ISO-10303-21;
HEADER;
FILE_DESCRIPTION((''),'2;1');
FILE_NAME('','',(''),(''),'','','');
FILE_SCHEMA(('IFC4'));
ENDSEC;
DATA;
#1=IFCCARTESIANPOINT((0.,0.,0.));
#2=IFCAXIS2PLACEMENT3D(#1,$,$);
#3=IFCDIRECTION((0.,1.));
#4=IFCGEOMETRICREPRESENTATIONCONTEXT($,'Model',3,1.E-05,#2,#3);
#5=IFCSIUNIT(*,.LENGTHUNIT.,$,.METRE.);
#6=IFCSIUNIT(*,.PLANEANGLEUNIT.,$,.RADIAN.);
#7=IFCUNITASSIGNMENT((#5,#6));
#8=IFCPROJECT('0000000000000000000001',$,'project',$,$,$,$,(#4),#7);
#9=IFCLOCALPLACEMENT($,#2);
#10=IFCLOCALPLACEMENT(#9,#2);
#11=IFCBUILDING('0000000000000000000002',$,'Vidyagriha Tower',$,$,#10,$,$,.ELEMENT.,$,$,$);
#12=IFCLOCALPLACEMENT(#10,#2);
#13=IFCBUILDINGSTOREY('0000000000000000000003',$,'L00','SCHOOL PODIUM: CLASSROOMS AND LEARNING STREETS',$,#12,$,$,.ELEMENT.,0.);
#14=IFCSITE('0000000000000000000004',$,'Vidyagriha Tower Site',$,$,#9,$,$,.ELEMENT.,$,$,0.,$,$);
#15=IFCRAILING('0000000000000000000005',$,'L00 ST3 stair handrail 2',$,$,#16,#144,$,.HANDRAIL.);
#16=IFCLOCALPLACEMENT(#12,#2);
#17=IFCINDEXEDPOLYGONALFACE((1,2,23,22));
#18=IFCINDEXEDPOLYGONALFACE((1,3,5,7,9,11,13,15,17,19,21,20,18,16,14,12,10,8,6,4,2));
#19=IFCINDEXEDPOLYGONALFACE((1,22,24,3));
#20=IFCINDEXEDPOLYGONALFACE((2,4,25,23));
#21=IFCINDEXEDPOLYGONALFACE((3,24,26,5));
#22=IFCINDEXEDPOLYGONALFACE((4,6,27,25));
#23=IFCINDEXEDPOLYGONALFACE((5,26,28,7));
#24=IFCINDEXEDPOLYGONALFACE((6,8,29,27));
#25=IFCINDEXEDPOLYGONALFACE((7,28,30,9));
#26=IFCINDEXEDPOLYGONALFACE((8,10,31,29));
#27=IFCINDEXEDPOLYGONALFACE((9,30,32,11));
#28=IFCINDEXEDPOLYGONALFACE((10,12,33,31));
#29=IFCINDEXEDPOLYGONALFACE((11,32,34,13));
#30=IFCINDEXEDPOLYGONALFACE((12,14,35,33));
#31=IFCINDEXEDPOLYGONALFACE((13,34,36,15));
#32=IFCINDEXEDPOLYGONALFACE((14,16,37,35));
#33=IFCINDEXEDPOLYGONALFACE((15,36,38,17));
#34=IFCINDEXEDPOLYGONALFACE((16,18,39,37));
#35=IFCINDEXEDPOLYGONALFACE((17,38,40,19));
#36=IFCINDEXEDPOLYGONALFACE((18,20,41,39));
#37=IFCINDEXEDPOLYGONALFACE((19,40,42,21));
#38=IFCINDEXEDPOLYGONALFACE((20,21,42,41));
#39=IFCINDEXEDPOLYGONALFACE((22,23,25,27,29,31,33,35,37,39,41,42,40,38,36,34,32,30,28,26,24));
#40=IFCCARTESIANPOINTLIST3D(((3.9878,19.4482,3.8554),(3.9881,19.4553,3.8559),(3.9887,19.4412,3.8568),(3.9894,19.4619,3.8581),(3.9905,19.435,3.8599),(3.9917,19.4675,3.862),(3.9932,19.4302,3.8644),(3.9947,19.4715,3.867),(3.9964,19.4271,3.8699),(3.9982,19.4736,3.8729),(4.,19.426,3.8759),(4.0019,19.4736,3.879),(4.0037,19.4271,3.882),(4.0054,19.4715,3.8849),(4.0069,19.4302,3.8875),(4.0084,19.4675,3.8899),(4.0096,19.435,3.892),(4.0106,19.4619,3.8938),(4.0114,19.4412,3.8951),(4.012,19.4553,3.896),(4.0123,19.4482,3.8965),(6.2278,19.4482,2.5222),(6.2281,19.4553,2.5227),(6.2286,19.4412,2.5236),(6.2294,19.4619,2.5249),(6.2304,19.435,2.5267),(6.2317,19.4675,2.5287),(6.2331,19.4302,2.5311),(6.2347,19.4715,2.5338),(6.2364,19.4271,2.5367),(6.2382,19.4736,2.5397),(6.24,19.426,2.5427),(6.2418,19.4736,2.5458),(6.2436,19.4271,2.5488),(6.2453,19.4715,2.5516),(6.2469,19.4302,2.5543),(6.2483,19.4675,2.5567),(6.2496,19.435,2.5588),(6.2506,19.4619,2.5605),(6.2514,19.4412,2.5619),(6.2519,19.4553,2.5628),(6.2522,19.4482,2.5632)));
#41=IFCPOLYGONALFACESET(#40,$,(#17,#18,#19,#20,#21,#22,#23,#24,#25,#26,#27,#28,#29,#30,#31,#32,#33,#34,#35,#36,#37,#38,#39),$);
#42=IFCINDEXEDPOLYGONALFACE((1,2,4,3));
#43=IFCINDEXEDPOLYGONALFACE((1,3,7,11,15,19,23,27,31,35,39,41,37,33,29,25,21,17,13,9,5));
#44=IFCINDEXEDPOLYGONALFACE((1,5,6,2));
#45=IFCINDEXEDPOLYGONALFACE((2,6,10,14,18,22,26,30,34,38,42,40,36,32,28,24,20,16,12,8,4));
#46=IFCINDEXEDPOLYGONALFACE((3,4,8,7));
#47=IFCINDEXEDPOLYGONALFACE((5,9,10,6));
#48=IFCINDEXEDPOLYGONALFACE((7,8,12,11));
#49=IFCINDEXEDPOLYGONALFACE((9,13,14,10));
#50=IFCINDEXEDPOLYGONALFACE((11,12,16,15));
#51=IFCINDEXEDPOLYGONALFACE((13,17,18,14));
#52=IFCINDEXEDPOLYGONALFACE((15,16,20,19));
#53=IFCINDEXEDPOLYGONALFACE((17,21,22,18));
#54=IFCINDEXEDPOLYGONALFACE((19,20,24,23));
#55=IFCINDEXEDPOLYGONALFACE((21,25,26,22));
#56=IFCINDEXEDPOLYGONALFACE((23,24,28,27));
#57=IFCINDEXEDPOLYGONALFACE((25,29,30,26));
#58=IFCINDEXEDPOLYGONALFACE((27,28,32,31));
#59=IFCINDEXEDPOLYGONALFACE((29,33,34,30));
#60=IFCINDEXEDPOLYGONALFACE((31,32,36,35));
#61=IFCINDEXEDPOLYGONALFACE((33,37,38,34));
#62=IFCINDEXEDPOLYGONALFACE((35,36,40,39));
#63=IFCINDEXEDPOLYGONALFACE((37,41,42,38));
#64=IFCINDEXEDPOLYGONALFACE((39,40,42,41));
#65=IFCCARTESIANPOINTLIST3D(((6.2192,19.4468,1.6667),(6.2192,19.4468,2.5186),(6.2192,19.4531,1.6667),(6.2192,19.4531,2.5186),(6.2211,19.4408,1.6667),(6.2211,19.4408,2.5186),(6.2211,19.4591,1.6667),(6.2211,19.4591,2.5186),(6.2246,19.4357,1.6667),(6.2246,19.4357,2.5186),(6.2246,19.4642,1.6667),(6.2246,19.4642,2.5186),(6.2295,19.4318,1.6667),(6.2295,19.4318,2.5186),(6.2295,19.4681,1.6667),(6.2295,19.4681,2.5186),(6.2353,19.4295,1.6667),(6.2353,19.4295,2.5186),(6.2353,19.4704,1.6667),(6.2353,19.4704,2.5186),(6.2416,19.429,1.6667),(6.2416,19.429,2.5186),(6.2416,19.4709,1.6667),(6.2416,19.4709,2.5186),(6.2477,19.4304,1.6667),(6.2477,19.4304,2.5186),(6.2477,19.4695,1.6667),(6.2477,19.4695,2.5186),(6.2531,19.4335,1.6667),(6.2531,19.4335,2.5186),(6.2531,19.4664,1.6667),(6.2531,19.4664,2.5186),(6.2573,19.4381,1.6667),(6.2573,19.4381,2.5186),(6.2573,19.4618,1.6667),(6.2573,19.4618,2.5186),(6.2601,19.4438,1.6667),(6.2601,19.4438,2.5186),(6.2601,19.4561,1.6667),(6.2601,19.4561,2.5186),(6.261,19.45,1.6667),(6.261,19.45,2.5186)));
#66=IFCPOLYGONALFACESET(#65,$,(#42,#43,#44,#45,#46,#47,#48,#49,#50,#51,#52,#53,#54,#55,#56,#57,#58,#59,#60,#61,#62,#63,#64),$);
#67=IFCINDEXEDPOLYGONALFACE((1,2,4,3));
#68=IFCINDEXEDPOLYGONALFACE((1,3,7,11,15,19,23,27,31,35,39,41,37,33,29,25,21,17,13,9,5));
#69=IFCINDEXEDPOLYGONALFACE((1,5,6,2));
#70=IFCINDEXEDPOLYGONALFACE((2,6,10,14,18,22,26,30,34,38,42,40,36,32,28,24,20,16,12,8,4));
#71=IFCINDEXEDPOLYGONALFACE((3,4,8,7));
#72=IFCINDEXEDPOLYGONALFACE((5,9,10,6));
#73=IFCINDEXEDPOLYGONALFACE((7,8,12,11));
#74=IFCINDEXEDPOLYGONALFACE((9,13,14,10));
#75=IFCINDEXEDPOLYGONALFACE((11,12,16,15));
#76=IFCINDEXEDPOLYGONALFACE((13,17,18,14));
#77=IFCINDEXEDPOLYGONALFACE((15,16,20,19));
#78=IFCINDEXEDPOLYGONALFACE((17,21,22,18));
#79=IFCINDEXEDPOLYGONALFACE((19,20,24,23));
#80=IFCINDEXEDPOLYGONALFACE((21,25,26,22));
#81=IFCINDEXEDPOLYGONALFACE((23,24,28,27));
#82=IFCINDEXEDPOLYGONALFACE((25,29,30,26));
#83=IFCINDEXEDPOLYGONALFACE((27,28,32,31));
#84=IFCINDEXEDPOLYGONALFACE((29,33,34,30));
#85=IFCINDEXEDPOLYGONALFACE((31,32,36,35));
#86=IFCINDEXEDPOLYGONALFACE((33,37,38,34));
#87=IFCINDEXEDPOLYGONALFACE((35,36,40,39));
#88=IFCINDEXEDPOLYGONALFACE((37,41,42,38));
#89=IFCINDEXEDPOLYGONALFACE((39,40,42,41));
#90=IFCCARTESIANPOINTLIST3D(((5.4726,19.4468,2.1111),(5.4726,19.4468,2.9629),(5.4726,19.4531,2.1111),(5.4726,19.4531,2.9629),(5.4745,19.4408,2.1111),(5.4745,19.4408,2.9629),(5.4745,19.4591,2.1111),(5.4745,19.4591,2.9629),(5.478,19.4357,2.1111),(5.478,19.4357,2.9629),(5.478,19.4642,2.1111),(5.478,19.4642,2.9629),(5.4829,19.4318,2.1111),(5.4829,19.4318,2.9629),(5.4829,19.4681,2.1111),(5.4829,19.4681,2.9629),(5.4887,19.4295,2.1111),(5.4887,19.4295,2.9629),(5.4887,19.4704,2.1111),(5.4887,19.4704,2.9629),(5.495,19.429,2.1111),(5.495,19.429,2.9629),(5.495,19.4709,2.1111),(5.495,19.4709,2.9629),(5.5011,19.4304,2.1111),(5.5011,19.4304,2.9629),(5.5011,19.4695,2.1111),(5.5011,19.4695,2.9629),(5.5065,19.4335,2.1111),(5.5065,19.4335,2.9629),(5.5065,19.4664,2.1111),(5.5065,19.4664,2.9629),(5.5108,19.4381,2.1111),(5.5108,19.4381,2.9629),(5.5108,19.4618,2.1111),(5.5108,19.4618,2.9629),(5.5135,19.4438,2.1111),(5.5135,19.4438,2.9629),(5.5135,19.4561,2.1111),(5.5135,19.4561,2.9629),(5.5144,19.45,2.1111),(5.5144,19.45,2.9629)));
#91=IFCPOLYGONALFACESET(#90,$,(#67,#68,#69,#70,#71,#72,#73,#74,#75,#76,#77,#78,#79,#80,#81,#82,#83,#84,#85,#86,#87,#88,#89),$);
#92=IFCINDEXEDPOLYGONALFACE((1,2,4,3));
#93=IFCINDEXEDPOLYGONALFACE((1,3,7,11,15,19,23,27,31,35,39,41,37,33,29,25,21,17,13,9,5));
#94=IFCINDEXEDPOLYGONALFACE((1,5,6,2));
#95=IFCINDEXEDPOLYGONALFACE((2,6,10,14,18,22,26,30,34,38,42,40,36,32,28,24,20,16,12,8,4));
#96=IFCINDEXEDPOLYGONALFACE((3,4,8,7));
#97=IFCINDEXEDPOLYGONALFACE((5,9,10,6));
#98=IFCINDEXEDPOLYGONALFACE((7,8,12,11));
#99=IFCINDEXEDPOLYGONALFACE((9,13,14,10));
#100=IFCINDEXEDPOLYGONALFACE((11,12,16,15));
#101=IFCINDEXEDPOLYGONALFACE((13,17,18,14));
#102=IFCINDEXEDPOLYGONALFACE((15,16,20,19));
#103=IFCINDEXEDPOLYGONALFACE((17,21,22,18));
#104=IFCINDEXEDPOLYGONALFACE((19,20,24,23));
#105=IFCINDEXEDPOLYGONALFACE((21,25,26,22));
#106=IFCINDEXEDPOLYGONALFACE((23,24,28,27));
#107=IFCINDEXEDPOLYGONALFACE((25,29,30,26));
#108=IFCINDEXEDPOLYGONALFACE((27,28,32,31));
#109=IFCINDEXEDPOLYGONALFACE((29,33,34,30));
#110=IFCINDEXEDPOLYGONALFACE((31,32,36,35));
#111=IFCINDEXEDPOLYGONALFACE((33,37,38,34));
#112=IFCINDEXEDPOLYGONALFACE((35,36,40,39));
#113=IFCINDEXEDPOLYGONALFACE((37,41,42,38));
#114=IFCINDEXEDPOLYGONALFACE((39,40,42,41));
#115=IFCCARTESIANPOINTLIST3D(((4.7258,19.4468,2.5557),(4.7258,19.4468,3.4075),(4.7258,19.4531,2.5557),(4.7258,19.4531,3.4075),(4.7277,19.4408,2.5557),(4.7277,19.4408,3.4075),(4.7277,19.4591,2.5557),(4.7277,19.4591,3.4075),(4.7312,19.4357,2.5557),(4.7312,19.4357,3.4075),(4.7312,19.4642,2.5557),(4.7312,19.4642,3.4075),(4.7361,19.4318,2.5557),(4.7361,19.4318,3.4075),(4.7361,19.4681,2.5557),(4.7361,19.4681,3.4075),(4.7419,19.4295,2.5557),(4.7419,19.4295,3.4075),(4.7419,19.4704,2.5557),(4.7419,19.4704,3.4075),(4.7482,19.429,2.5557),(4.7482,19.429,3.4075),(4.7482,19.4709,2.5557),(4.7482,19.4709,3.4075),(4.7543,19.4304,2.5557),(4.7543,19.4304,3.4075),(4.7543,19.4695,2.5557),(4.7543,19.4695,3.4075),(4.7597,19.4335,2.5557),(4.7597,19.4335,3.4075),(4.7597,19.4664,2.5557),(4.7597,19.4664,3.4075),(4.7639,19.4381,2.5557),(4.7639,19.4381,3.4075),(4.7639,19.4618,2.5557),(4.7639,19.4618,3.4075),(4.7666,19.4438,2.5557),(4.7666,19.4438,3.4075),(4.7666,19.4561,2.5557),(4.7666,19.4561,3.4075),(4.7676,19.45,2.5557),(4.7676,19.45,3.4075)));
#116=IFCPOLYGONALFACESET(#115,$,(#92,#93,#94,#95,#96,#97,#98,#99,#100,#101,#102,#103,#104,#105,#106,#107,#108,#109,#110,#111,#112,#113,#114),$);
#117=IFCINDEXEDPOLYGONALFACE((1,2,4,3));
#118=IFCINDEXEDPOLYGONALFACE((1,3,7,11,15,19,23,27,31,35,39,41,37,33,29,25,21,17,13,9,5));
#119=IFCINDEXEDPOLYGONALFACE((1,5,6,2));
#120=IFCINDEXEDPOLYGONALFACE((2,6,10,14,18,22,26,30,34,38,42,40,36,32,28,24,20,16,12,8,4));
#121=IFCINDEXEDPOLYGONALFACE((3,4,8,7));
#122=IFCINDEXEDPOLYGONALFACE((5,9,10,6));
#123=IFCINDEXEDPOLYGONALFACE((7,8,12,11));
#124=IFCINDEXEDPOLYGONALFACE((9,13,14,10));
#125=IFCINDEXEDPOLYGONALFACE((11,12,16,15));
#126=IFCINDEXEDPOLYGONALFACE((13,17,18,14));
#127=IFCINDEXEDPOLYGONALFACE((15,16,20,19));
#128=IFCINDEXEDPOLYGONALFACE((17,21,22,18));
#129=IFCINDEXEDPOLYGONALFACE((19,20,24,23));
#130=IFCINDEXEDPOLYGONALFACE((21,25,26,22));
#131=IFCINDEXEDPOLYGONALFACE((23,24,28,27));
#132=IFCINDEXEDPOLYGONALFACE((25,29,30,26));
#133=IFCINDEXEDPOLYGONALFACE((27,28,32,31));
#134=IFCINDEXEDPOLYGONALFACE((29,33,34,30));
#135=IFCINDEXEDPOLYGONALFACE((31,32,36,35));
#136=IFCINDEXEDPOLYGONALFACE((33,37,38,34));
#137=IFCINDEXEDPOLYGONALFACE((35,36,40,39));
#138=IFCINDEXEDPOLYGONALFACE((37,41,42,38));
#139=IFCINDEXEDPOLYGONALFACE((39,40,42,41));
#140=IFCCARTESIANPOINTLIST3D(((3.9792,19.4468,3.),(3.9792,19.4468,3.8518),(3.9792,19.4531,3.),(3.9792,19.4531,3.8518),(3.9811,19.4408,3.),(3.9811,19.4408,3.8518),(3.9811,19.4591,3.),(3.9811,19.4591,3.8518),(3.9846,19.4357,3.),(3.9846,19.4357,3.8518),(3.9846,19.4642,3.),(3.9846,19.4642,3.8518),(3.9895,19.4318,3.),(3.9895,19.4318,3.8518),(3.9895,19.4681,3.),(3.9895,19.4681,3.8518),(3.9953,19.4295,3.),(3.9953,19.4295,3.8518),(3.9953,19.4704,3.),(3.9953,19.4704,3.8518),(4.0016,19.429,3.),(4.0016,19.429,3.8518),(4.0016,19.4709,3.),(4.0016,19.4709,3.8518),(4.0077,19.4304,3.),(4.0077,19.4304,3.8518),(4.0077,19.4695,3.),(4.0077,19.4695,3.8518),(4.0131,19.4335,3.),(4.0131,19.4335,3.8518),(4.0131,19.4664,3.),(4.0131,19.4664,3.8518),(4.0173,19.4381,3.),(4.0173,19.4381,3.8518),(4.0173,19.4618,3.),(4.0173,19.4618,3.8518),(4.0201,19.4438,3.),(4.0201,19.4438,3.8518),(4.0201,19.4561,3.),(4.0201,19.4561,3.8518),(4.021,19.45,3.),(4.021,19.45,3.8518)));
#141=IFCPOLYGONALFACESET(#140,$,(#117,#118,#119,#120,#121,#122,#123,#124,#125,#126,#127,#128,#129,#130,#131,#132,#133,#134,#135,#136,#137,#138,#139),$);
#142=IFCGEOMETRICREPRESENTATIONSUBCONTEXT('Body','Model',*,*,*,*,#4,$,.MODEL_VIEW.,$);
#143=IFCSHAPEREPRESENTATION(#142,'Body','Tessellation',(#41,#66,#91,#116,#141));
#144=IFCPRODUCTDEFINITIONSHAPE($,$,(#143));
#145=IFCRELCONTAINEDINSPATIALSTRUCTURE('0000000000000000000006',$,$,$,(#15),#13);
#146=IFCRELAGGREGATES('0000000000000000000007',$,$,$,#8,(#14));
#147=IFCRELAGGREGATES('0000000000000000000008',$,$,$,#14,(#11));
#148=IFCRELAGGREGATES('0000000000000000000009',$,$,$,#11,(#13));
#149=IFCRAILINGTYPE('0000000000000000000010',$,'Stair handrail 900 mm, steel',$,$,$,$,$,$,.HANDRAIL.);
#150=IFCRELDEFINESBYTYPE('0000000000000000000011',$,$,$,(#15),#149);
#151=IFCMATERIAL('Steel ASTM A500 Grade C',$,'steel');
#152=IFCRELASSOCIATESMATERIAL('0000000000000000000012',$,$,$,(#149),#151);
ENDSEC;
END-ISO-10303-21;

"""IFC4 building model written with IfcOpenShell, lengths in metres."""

from ifc_helpers import new_model, si_unit, direction, frame, origin, origin_2d, place, context, subcontext, project, spatial, circle, extrude, material, type_object, element, save


model = new_model("IFC4")

# Units and contexts
model_context = context("Model", 3, precision=1e-05, world=origin(), true_north=direction((0.0, 1.0)))
body_context = subcontext(model_context, "Body", "Model", "MODEL_VIEW")
ifc_project = project(units=[si_unit("LENGTHUNIT", "METRE"), si_unit("PLANEANGLEUNIT", "RADIAN")], contexts=[model_context])

# Site, building, storey
site_placement = place(None, origin())
site = spatial("IfcSite", under=ifc_project, at=site_placement, Name="Vidyagriha Tower Site", CompositionType="ELEMENT", RefElevation=0.0)
building_placement = place(site_placement, origin())
building = spatial("IfcBuilding", under=site, at=building_placement, Name="Vidyagriha Tower", CompositionType="ELEMENT")
storey_placement = place(building_placement, origin())
storey = spatial("IfcBuildingStorey", under=building, at=storey_placement, Name="L00", Description="SCHOOL PODIUM: CLASSROOMS AND LEARNING STREETS", CompositionType="ELEMENT", Elevation=0.0)

# Railing
ifc_material_1 = material(Name="Steel ASTM A500 Grade C", Category="steel")
railing_type_1 = type_object("IfcRailingType", Name="Stair handrail 900 mm, steel", PredefinedType="HANDRAIL", material=ifc_material_1)
for number, where, name in (
    (1, (6.24, 19.45, 1.6667), "L00 ST3 stair handrail 2"),
):
    element("IfcRailing", number, at=place(storey_placement, frame(where)), inside=storey, type_object=railing_type_1, Name=name, PredefinedType="HANDRAIL", context=body_context, shape_type="SweptSolid", body=[
        extrude(circle(Radius=0.0239, at=origin_2d()), frame((0.0, 0.0, 0.876), z_axis=(-0.859306, 0.0, 0.511462), x_axis=(0.0, -1.0, 0.0)), (0.0, 0.0, 1.0), 2.6067),
        extrude(circle(Radius=0.021, at=origin_2d()), origin(), (0.0, 0.0, 1.0), 0.8518),
        extrude(circle(Radius=0.021, at=origin_2d()), frame((-0.7466, 0.0, 0.4443)), (0.0, 0.0, 1.0), 0.8518),
        extrude(circle(Radius=0.021, at=origin_2d()), frame((-1.4934, 0.0, 0.8889)), (0.0, 0.0, 1.0), 0.8518),
        extrude(circle(Radius=0.021, at=origin_2d()), frame((-2.24, 0.0, 1.3333)), (0.0, 0.0, 1.0), 0.8518),
    ])

save(model, "model.ifc")
